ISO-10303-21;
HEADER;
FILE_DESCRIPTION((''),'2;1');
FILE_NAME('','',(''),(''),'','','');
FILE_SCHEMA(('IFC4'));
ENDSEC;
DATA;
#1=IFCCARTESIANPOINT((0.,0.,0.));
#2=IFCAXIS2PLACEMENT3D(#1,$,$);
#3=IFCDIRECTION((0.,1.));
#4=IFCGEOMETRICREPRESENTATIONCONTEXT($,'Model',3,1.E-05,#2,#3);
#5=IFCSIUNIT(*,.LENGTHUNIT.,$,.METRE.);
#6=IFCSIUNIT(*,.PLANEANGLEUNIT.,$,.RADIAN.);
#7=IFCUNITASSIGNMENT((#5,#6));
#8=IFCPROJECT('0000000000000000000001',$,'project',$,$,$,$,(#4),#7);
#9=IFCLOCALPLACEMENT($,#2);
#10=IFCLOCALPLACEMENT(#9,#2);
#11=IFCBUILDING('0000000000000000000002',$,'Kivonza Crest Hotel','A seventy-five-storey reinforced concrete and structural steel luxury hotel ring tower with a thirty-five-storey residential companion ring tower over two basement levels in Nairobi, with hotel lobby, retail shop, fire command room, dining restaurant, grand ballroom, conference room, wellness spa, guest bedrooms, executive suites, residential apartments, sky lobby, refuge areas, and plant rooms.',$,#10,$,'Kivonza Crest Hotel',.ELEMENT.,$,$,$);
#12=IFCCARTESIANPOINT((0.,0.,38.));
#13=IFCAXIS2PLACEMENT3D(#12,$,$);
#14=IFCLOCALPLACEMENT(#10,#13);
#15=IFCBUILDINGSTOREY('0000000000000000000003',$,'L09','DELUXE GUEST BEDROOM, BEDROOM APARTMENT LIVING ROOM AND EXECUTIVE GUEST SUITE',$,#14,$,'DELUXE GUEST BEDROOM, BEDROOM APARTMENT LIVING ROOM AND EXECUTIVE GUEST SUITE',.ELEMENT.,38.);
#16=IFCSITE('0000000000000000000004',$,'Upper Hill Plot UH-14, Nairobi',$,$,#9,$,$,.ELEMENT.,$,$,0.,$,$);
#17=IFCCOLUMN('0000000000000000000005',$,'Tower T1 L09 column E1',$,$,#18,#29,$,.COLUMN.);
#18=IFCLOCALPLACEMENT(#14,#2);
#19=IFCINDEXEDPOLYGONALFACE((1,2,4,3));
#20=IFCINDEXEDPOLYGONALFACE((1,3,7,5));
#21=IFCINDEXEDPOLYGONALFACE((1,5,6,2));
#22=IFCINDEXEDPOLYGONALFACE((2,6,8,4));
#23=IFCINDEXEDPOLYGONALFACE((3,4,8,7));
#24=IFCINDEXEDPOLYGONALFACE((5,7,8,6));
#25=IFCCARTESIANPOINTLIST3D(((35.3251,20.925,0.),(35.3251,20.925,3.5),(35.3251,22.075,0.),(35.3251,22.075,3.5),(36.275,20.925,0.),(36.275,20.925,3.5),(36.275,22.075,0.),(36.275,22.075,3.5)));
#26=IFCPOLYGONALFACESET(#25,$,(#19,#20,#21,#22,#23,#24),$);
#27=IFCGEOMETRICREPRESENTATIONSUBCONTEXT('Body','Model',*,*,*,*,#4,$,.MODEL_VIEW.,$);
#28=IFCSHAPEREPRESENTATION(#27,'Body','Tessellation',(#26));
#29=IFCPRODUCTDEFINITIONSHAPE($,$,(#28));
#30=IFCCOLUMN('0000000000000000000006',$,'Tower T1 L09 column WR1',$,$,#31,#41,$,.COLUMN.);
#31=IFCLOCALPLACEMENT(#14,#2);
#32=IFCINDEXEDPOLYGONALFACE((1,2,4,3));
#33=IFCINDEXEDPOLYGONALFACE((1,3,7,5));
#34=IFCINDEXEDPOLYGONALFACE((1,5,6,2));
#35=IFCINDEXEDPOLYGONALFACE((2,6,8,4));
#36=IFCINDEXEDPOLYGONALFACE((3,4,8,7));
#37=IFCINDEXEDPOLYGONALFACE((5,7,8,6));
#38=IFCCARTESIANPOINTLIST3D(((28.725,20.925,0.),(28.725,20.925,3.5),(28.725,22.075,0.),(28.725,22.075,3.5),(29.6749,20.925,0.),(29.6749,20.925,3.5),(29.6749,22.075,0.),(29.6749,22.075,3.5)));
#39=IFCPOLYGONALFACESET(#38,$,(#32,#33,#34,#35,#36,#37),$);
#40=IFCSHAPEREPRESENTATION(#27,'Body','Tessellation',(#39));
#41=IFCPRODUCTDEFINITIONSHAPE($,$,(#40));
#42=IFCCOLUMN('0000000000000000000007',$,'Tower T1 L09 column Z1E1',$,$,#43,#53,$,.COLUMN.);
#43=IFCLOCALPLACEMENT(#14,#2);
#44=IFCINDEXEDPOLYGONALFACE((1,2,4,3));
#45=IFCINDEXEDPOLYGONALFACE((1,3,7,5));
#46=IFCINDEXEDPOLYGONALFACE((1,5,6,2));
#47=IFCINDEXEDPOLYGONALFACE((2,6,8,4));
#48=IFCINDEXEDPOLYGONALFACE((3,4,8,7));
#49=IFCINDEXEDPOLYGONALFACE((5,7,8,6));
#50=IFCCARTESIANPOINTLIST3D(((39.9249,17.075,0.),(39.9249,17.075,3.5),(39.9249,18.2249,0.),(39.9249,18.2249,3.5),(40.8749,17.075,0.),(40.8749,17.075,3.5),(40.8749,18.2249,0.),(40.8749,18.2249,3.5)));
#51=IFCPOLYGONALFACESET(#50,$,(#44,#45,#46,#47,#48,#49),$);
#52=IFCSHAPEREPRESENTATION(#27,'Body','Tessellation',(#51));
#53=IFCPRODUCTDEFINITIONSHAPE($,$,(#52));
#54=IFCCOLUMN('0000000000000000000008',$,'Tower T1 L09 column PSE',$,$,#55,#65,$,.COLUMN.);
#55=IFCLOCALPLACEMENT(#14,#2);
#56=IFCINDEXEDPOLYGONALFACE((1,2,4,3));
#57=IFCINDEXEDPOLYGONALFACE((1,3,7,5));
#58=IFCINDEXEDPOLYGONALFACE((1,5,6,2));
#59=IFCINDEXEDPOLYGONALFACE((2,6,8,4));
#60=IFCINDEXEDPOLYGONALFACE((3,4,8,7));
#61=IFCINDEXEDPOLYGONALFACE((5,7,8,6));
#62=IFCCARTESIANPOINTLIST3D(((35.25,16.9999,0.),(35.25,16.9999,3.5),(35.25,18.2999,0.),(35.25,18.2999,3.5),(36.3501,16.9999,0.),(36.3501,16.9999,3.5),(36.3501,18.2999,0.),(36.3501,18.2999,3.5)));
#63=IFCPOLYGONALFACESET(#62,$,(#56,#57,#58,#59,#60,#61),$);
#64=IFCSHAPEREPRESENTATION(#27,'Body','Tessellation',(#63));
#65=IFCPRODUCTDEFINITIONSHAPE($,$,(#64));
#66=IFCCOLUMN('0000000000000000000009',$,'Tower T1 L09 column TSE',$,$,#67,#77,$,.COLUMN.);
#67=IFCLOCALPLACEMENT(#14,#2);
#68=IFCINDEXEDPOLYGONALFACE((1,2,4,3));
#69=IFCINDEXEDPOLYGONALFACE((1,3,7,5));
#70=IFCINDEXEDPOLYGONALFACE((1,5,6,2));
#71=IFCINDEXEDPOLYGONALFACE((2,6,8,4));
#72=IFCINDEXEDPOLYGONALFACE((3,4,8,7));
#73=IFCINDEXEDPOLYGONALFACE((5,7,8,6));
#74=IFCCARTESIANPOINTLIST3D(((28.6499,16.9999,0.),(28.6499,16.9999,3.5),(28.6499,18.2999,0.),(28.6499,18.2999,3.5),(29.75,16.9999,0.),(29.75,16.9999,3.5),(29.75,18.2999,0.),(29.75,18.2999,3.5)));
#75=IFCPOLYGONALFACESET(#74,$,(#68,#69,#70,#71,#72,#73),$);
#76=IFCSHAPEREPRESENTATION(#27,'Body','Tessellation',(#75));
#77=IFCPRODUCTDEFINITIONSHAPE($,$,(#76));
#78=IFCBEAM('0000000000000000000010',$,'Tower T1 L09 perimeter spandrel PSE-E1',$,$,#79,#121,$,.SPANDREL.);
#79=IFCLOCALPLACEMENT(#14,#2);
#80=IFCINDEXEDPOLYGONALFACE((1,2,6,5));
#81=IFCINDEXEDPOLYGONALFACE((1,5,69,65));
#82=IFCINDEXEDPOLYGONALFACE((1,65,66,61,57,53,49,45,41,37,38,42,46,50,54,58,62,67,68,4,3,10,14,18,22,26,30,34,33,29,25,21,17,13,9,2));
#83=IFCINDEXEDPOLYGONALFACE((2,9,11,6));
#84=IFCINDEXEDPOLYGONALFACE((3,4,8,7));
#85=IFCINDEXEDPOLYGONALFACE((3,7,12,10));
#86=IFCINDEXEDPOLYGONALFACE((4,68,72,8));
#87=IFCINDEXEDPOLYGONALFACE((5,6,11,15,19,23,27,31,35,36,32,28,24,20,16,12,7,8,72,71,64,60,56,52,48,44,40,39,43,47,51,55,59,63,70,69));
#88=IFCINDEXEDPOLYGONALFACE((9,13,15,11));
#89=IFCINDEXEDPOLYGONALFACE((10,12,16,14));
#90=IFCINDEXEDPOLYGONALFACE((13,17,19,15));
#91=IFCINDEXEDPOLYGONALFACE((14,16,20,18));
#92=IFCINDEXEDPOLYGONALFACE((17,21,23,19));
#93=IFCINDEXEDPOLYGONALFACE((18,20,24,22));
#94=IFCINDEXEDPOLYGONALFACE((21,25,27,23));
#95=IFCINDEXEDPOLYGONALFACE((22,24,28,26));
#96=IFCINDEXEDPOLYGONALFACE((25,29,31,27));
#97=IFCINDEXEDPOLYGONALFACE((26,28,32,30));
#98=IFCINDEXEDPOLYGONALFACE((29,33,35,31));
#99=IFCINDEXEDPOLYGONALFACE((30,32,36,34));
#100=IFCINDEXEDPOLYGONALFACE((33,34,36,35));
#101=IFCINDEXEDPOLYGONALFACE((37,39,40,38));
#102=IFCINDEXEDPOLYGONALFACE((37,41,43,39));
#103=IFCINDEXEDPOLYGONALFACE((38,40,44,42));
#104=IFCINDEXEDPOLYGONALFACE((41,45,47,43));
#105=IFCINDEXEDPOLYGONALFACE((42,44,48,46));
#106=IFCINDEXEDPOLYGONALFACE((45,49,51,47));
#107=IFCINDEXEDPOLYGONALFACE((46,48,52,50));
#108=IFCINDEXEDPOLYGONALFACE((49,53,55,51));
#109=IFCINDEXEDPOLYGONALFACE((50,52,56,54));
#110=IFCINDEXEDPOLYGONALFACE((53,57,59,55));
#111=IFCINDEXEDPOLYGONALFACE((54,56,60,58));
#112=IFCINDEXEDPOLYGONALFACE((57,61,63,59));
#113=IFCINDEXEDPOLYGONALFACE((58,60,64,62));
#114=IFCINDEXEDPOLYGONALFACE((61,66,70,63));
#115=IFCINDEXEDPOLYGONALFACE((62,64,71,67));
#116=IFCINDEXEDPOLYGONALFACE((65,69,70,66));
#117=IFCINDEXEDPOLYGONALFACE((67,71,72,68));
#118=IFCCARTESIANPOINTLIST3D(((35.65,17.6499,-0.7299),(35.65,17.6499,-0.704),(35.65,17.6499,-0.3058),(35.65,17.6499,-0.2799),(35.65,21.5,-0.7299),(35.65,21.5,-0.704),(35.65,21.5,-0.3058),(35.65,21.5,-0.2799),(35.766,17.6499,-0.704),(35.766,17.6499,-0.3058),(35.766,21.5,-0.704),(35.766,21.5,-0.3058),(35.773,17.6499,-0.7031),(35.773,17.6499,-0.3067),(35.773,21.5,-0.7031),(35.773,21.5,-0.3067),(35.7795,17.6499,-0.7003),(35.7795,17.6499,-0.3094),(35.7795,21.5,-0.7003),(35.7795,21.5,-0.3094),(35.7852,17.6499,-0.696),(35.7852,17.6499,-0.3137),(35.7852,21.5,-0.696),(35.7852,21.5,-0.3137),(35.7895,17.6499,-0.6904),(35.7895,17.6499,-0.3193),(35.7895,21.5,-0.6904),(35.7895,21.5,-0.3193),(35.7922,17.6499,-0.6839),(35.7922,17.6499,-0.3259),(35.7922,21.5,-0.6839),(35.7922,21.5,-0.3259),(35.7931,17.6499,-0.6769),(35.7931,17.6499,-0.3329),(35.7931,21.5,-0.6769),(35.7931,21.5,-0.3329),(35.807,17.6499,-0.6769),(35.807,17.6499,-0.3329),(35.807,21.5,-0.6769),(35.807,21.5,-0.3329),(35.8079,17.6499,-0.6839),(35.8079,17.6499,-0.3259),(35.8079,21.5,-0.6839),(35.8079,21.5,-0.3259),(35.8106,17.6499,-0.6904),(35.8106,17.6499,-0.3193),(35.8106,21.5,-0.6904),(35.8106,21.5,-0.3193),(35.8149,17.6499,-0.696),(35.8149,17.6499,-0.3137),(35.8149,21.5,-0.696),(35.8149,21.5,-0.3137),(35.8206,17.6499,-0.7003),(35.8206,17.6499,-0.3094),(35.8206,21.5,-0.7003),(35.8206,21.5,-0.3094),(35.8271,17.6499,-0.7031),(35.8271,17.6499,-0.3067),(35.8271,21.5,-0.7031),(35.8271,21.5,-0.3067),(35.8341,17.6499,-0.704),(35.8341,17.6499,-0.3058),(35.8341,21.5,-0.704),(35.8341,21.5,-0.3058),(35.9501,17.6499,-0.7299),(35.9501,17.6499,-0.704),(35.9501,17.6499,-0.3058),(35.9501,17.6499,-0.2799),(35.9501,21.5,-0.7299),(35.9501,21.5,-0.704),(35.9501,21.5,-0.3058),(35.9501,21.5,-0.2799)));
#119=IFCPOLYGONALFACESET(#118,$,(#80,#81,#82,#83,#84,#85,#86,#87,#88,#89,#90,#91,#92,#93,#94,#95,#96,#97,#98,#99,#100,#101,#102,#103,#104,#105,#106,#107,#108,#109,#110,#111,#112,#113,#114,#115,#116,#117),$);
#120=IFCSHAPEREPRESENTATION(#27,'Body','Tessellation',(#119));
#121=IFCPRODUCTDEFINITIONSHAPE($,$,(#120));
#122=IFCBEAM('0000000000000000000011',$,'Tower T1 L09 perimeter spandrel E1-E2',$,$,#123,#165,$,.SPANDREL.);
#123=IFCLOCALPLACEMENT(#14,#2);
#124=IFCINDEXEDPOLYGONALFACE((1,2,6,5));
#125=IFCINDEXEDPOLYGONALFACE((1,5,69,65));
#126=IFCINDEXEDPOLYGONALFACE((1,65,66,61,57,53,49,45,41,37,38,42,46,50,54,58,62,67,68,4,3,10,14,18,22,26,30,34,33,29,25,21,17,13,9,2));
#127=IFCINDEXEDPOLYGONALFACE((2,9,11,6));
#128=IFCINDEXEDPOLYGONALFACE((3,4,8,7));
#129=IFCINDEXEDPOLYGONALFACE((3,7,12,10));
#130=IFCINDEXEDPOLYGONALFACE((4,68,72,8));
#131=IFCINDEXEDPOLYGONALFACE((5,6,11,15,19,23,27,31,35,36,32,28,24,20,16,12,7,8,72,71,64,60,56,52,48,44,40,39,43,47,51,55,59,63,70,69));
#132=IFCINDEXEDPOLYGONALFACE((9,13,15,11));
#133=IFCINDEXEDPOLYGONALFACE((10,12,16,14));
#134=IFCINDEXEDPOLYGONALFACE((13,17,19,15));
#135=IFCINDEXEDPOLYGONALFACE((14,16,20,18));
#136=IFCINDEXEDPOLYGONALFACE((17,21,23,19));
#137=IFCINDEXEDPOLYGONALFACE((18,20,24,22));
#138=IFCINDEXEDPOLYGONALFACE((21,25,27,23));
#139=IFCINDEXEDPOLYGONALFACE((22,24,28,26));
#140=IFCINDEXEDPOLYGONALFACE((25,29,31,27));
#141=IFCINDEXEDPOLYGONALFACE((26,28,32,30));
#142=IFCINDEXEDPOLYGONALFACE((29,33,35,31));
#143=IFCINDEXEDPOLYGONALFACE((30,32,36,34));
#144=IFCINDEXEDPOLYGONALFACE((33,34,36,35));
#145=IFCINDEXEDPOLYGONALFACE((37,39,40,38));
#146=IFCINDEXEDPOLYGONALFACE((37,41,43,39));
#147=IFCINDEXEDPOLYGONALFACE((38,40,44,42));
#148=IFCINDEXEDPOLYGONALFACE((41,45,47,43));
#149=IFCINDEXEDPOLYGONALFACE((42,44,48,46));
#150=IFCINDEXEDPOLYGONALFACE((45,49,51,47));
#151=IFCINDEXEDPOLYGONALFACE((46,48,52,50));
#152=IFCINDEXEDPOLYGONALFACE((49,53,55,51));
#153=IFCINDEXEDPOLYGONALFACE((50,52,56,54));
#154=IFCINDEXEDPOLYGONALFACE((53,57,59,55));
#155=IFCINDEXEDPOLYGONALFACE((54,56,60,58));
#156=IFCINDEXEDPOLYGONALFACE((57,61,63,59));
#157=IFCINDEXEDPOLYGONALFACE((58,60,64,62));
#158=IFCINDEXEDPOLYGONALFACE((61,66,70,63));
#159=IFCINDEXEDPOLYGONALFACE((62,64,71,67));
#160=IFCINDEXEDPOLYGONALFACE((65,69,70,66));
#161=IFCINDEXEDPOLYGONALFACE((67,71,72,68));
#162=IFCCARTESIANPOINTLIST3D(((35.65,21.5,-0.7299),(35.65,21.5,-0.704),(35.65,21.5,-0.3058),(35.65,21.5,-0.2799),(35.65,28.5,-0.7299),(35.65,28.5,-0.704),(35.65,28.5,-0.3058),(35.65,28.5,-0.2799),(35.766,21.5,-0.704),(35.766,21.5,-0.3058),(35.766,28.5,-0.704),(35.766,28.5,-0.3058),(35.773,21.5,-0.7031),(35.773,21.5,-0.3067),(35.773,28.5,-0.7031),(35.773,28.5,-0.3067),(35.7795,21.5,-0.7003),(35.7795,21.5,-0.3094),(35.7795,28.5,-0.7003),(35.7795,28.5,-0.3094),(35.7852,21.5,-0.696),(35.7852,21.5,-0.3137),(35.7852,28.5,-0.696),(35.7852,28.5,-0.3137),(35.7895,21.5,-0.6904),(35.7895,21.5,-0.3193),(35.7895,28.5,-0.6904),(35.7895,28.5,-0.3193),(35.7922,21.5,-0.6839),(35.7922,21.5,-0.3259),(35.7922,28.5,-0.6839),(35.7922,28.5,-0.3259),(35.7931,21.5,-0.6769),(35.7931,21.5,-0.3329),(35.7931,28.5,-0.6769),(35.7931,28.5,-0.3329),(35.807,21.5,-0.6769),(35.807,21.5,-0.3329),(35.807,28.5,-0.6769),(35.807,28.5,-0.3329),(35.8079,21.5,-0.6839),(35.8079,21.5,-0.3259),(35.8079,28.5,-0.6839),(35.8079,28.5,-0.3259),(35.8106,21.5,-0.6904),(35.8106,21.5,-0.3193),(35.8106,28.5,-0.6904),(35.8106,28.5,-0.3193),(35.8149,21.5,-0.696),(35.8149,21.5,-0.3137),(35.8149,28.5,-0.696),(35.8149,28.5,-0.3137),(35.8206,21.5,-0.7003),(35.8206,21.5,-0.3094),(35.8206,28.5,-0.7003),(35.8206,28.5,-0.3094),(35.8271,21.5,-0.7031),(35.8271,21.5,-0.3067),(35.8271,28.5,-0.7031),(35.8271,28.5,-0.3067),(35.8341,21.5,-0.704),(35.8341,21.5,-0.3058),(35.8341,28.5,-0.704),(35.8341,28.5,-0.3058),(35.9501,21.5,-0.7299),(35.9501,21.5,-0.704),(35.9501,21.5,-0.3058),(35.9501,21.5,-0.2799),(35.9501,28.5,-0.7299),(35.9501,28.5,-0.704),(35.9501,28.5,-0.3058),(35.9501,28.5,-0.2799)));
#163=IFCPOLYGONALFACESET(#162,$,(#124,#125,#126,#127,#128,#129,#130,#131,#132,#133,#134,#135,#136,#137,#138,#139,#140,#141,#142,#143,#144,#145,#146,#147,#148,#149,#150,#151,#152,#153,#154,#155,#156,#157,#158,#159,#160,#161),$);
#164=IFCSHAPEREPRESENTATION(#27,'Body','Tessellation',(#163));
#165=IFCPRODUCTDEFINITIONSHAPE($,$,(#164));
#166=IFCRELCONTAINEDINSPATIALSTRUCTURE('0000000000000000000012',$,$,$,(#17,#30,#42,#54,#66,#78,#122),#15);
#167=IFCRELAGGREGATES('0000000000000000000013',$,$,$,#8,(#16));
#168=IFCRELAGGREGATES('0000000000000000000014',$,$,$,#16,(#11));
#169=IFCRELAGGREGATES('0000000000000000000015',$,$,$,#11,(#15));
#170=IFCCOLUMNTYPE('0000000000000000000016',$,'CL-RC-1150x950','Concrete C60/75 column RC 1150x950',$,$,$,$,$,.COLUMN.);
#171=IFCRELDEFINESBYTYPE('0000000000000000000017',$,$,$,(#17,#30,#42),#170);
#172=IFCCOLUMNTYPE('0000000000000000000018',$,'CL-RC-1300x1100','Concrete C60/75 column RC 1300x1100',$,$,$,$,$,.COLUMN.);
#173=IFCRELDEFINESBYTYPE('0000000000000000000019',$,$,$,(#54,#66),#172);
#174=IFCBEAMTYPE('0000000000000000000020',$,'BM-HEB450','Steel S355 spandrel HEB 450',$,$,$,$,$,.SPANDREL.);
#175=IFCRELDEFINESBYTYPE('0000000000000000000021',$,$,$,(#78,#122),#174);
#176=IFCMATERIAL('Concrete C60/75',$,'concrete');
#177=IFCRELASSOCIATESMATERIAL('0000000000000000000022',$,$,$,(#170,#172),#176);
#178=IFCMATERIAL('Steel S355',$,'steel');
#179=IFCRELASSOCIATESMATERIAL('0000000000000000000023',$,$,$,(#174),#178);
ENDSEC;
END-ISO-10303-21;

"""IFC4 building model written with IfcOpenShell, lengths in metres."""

from ifc_helpers import new_model, si_unit, direction, frame, origin, origin_2d, place, context, subcontext, project, spatial, rectangle, i_section, extrude, material, material_profile, profile_set, type_object, element, save


model = new_model("IFC4")

# Units and contexts
model_context = context("Model", 3, precision=1e-05, world=origin(), true_north=direction((0.0, 1.0)))
body_context = subcontext(model_context, "Body", "Model", "MODEL_VIEW")
ifc_project = project(units=[si_unit("LENGTHUNIT", "METRE"), si_unit("PLANEANGLEUNIT", "RADIAN")], contexts=[model_context])

# Site, building, storey
site_placement = place(None, origin())
site = spatial("IfcSite", under=ifc_project, at=site_placement, Name="Upper Hill Plot UH-14, Nairobi", CompositionType="ELEMENT", RefElevation=0.0)
building_placement = place(site_placement, origin())
building = spatial("IfcBuilding", under=site, at=building_placement, Name="Kivonza Crest Hotel", Description="A seventy-five-storey reinforced concrete and structural steel luxury hotel ring tower with a thirty-five-storey residential companion ring tower over two basement levels in Nairobi, with hotel lobby, retail shop, fire command room, dining restaurant, grand ballroom, conference room, wellness spa, guest bedrooms, executive suites, residential apartments, sky lobby, refuge areas, and plant rooms.", LongName="Kivonza Crest Hotel", CompositionType="ELEMENT")
storey_placement = place(building_placement, frame((0.0, 0.0, 38.0)))
storey = spatial("IfcBuildingStorey", under=building, at=storey_placement, Name="L09", Description="DELUXE GUEST BEDROOM, BEDROOM APARTMENT LIVING ROOM AND EXECUTIVE GUEST SUITE", LongName="DELUXE GUEST BEDROOM, BEDROOM APARTMENT LIVING ROOM AND EXECUTIVE GUEST SUITE", CompositionType="ELEMENT", Elevation=38.0)

# Columns
ifc_material_1 = material(Name="Concrete C60/75", Category="concrete")
ifc_material_profile_1 = material_profile(ifc_material_1, rectangle(XDim=0.95, YDim=1.1499, at=origin_2d()), Name="RC 1150x950")
ifc_profile_set_1 = profile_set([ifc_material_profile_1], Name="Concrete C60/75")
column_type_1 = type_object("IfcColumnType", Name="CL-RC-1150x950", Description="Concrete C60/75 column RC 1150x950", PredefinedType="COLUMN", material=ifc_profile_set_1)
for number, where, z_axis, x_axis, name in (
    (1, (35.8, 21.5, 0.0), (0.0, 0.0, 1.0), (1.0, 0.0, 0.0), "Tower T1 L09 column E1"),
    (2, (29.2, 21.5, 0.0), (0.0, 0.0, 1.0), (1.0, 0.0, 0.0), "Tower T1 L09 column WR1"),
    (3, (40.3999, 17.6499, 0.0), (0.0, 0.0, 1.0), (1.0, 0.0, 0.0), "Tower T1 L09 column Z1E1"),
):
    element("IfcColumn", number, at=place(storey_placement, frame(where, z_axis=z_axis, x_axis=x_axis)), inside=storey, type_object=column_type_1, Name=name, PredefinedType="COLUMN", context=body_context, shape_type="SweptSolid", body=[
        extrude(rectangle(XDim=0.95, YDim=1.1499, at=origin_2d()), origin(), (0.0, 0.0, 1.0), 3.5),
    ])
ifc_material_profile_2 = material_profile(ifc_material_1, rectangle(XDim=1.1001, YDim=1.3, at=origin_2d()), Name="RC 1300x1100")
ifc_profile_set_2 = profile_set([ifc_material_profile_2], Name="Concrete C60/75")
column_type_2 = type_object("IfcColumnType", Name="CL-RC-1300x1100", Description="Concrete C60/75 column RC 1300x1100", PredefinedType="COLUMN", material=ifc_profile_set_2)
for number, where, z_axis, x_axis, name in (
    (4, (35.8, 17.6499, 0.0), (0.0, 0.0, 1.0), (1.0, 0.0, 0.0), "Tower T1 L09 column PSE"),
    (5, (29.2, 17.6499, 0.0), (0.0, 0.0, 1.0), (1.0, 0.0, 0.0), "Tower T1 L09 column TSE"),
):
    element("IfcColumn", number, at=place(storey_placement, frame(where, z_axis=z_axis, x_axis=x_axis)), inside=storey, type_object=column_type_2, Name=name, PredefinedType="COLUMN", context=body_context, shape_type="SweptSolid", body=[
        extrude(rectangle(XDim=1.1001, YDim=1.3, at=origin_2d()), origin(), (0.0, 0.0, 1.0), 3.5),
    ])

# Beams
ifc_material_2 = material(Name="Steel S355", Category="steel")
ifc_material_profile_3 = material_profile(ifc_material_2, i_section(OverallWidth=0.3, OverallDepth=0.45, WebThickness=0.0139, FlangeThickness=0.0259, FilletRadius=0.0271, at=origin_2d()), Name="HEB 450")
ifc_profile_set_3 = profile_set([ifc_material_profile_3], Name="Steel S355")
beam_type_1 = type_object("IfcBeamType", Name="BM-HEB450", Description="Steel S355 spandrel HEB 450", PredefinedType="SPANDREL", material=ifc_profile_set_3)
beam_1_placement = place(storey_placement, frame((35.8, 17.6499, -0.5049), z_axis=(0.0, 1.0, 0.0), x_axis=(-1.0, 0.0, 0.0)))
element("IfcBeam", 6, at=beam_1_placement, inside=storey, type_object=beam_type_1, Name="Tower T1 L09 perimeter spandrel PSE-E1", PredefinedType="SPANDREL", context=body_context, shape_type="SweptSolid", body=[
    extrude(i_section(OverallWidth=0.3, OverallDepth=0.45, WebThickness=0.0139, FlangeThickness=0.0259, FilletRadius=0.0271, at=origin_2d()), origin(), (0.0, 0.0, 1.0), 3.8501),
])
beam_2_placement = place(storey_placement, frame((35.8, 21.5, -0.5049), z_axis=(0.0, 1.0, 0.0), x_axis=(-1.0, 0.0, 0.0)))
element("IfcBeam", 7, at=beam_2_placement, inside=storey, type_object=beam_type_1, Name="Tower T1 L09 perimeter spandrel E1-E2", PredefinedType="SPANDREL", context=body_context, shape_type="SweptSolid", body=[
    extrude(i_section(OverallWidth=0.3, OverallDepth=0.45, WebThickness=0.0139, FlangeThickness=0.0259, FilletRadius=0.0271, at=origin_2d()), origin(), (0.0, 0.0, 1.0), 7.0),
])

save(model, "model.ifc")
